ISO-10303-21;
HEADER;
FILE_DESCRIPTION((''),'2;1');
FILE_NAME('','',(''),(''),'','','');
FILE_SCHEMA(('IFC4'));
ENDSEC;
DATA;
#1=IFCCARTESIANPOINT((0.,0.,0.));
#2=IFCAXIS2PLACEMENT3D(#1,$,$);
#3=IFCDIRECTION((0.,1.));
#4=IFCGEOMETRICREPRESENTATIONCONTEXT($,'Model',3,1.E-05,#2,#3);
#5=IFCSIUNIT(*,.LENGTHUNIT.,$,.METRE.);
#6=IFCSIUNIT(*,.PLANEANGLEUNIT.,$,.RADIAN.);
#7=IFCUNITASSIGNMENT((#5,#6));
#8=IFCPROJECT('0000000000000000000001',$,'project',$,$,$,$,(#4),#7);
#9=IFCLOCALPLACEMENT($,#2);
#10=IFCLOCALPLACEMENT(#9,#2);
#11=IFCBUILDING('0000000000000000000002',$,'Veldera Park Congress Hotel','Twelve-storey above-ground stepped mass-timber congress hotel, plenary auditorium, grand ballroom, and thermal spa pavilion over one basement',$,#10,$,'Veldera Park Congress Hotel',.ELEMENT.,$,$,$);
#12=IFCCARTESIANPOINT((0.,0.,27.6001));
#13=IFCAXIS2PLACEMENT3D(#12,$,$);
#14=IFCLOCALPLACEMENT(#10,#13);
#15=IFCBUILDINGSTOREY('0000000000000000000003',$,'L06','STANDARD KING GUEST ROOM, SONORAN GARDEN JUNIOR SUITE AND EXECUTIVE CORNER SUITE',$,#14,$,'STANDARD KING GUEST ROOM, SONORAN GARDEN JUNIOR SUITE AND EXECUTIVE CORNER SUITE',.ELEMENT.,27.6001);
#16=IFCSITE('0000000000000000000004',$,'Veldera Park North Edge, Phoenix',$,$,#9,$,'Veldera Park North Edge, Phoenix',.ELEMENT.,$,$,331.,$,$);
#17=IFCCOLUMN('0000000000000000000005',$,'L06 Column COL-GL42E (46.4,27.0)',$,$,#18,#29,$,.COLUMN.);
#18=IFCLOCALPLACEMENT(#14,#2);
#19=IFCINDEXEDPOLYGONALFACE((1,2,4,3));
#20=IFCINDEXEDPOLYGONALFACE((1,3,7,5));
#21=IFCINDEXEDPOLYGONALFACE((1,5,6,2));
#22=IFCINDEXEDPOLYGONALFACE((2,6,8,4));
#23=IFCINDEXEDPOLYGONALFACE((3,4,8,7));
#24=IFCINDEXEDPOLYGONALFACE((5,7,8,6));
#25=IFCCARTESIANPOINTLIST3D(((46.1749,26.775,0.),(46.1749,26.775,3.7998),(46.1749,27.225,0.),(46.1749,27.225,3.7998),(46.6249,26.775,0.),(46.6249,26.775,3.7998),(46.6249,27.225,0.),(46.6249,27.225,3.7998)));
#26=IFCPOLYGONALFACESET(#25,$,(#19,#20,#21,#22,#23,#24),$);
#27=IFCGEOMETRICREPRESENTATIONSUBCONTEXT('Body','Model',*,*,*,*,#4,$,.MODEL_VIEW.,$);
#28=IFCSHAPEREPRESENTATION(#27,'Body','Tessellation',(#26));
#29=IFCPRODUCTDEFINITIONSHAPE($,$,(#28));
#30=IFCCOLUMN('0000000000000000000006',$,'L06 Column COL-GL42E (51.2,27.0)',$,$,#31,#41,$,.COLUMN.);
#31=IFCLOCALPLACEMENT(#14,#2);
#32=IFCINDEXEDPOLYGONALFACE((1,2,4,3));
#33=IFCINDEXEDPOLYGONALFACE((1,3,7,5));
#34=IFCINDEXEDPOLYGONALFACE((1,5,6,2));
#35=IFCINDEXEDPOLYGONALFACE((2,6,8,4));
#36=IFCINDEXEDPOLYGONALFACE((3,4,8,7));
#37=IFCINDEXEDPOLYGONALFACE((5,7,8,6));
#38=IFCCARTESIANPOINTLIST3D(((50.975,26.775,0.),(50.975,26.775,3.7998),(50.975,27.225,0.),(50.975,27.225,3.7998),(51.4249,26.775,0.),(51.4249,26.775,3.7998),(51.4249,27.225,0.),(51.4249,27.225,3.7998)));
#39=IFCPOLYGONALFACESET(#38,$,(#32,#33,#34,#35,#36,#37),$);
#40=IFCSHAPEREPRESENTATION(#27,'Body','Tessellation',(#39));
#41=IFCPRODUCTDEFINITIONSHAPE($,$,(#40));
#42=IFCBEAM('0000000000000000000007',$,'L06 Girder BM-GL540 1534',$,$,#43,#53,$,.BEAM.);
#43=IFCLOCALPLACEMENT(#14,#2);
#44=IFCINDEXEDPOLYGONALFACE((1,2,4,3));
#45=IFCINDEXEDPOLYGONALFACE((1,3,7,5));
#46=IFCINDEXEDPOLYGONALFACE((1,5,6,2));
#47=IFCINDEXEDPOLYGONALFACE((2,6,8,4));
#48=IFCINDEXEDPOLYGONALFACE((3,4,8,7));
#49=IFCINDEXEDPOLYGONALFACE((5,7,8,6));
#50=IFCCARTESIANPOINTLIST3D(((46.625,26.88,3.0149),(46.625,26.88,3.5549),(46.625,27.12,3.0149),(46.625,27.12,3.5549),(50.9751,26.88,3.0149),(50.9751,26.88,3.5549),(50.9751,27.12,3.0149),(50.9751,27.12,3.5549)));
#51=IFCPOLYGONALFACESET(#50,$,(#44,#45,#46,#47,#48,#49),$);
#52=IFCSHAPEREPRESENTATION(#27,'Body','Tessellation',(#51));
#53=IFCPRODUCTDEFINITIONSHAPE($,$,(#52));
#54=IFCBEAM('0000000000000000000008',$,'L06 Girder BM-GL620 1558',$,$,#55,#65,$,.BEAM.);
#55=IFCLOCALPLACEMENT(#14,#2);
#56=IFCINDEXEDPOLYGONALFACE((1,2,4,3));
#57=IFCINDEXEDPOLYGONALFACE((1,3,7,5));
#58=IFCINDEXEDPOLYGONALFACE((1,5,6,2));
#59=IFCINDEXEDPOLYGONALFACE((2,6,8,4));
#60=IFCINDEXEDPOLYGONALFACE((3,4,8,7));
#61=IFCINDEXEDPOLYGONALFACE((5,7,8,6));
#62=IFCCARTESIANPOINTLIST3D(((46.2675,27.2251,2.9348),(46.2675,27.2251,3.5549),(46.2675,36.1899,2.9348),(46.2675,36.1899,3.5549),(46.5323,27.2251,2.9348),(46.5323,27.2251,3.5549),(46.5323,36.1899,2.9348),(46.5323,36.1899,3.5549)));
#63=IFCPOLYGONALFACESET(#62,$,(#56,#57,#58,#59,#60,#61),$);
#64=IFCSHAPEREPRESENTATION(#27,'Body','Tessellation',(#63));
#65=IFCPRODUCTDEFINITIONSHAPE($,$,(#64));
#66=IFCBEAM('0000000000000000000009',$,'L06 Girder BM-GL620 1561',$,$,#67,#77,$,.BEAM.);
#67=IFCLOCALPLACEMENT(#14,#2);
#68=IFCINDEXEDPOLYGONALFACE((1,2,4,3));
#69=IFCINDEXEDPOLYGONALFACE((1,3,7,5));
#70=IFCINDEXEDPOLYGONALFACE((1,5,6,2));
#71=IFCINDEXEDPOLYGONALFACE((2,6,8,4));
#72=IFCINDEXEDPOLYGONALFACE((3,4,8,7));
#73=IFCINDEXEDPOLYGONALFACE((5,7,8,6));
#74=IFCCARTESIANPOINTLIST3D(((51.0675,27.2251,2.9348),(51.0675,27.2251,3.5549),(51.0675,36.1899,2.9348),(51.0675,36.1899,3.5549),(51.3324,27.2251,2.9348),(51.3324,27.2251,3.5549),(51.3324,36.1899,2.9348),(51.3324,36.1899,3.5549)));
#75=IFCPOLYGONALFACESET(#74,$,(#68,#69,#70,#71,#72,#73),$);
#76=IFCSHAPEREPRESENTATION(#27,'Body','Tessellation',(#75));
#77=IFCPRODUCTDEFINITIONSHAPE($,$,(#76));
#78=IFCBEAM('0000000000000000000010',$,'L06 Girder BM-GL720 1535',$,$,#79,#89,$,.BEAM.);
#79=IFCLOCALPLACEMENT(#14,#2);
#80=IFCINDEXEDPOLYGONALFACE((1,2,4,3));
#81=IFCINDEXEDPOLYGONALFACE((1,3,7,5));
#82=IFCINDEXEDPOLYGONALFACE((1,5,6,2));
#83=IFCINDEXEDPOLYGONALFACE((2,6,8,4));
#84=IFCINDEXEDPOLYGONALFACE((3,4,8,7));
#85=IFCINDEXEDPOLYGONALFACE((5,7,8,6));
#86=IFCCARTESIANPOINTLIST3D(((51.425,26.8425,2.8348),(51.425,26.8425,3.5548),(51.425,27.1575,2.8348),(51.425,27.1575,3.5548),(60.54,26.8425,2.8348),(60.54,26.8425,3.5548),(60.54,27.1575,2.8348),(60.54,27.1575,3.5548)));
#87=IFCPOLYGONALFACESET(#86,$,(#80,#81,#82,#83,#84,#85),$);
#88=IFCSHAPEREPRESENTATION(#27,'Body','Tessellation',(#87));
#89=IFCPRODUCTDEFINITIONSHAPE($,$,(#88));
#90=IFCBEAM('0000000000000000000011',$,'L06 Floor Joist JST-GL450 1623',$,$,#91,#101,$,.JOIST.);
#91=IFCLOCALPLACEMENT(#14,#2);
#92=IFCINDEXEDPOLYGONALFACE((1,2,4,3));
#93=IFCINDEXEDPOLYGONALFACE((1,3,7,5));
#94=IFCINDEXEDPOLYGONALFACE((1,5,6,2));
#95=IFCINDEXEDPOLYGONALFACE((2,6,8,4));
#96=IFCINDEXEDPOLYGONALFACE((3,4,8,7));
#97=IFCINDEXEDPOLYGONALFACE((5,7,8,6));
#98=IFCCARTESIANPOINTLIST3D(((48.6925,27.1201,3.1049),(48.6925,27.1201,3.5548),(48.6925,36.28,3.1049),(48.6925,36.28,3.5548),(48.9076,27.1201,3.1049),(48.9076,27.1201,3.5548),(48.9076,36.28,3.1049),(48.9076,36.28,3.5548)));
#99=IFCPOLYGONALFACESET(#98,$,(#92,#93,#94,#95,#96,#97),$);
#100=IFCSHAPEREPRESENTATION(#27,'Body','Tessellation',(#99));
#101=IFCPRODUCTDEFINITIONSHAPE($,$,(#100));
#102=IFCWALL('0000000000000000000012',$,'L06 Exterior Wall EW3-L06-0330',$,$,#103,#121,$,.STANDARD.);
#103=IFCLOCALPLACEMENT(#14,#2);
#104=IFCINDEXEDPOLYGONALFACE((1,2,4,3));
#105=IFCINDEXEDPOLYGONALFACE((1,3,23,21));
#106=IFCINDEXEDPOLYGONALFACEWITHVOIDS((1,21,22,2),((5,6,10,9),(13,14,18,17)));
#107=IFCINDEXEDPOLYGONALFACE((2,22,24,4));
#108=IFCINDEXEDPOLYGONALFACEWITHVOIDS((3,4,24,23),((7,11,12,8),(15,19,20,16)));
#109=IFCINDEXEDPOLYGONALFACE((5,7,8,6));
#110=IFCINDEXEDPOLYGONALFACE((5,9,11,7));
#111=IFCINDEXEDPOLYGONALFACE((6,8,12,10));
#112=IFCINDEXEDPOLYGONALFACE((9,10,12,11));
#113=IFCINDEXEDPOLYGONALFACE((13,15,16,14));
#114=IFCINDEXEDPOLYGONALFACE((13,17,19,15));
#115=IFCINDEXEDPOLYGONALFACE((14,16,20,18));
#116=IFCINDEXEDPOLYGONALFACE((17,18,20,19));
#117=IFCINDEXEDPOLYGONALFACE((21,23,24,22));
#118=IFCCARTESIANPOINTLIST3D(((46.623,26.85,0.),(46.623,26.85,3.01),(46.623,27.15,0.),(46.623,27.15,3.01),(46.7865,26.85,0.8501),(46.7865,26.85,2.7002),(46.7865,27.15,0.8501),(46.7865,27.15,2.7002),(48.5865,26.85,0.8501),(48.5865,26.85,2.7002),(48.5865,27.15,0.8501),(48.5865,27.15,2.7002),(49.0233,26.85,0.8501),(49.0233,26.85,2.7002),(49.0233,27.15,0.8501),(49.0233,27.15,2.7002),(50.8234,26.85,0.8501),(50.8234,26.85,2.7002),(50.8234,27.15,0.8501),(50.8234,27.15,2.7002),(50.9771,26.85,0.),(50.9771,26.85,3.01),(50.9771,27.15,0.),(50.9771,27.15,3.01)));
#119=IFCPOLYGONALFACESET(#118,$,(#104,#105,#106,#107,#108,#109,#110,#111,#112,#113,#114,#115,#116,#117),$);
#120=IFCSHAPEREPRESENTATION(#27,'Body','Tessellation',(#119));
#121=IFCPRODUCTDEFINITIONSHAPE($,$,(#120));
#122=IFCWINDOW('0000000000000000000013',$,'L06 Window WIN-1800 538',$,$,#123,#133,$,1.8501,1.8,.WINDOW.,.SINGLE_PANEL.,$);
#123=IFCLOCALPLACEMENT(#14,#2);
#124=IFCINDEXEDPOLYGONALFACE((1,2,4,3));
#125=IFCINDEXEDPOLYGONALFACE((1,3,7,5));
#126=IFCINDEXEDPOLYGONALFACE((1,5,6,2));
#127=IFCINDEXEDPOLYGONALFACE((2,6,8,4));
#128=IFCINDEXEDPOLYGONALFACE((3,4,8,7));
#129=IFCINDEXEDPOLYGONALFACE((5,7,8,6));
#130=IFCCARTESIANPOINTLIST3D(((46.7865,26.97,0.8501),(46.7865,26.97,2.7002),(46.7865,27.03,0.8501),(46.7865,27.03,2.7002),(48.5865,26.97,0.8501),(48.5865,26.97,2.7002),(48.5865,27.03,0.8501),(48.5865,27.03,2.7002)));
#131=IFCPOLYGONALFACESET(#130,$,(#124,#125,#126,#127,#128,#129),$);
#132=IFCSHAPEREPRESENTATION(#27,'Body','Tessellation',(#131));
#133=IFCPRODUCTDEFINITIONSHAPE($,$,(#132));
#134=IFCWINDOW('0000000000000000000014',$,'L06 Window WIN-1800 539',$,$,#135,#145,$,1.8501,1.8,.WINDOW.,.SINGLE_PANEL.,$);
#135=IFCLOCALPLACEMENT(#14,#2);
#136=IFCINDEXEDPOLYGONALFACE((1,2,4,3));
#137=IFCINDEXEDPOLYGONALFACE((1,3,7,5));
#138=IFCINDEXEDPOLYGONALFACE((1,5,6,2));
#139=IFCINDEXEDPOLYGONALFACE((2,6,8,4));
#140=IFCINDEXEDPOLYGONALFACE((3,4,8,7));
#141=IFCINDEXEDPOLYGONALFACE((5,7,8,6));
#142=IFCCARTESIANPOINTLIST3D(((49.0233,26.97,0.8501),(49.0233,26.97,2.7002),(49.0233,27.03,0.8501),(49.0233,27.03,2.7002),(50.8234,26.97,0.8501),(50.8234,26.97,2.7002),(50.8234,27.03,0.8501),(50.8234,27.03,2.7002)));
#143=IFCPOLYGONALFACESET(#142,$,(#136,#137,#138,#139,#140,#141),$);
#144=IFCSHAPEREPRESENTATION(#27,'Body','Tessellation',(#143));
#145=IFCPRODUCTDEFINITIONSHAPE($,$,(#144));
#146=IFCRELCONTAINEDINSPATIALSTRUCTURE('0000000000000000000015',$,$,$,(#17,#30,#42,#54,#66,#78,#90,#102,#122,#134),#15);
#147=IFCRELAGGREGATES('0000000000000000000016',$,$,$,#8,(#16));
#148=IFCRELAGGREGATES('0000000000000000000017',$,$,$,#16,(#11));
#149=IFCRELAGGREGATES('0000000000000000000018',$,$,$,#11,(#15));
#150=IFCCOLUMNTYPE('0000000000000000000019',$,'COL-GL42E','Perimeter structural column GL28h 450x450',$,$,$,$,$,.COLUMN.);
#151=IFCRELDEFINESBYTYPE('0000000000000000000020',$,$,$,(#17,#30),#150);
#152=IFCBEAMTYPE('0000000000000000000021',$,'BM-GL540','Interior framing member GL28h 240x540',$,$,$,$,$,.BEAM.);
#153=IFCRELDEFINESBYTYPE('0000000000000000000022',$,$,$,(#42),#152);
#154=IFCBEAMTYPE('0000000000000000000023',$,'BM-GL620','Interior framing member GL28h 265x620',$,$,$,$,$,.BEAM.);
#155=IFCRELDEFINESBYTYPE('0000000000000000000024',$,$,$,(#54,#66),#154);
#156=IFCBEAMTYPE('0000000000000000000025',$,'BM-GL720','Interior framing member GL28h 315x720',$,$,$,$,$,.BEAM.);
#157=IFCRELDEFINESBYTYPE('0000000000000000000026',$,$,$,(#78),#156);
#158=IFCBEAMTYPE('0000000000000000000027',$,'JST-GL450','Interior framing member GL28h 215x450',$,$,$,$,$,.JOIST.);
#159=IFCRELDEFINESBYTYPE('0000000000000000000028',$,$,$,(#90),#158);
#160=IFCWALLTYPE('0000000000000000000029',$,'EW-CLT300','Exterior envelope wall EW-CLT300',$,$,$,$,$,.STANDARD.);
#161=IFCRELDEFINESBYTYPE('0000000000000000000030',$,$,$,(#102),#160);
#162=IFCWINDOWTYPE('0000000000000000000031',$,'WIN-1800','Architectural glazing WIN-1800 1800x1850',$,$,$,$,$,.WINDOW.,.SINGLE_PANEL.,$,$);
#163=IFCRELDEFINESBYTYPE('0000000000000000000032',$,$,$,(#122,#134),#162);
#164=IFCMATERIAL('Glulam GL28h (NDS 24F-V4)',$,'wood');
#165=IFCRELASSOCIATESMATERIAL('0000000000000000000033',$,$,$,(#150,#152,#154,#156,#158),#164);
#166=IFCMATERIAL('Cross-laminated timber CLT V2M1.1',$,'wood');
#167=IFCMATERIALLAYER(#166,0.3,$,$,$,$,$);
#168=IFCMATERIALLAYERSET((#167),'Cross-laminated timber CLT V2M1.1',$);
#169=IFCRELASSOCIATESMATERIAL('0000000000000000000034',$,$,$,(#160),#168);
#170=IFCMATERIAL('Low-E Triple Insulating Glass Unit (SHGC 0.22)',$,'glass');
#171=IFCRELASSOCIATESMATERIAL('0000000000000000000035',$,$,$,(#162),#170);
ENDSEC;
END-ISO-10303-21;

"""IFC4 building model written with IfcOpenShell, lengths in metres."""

from ifc_helpers import new_model, si_unit, direction, frame, frame_2d, origin, origin_2d, place, context, subcontext, project, spatial, rectangle, extrude, material, layer, layer_set, material_profile, profile_set, type_object, element, fill, save


model = new_model("IFC4")

# Units and contexts
model_context = context("Model", 3, precision=1e-05, world=origin(), true_north=direction((0.0, 1.0)))
body_context = subcontext(model_context, "Body", "Model", "MODEL_VIEW")
ifc_project = project(units=[si_unit("LENGTHUNIT", "METRE"), si_unit("PLANEANGLEUNIT", "RADIAN")], contexts=[model_context])

# Site, building, storey
site_placement = place(None, origin())
site = spatial("IfcSite", under=ifc_project, at=site_placement, Name="Veldera Park North Edge, Phoenix", LongName="Veldera Park North Edge, Phoenix", CompositionType="ELEMENT", RefElevation=331.0)
building_placement = place(site_placement, origin())
building = spatial("IfcBuilding", under=site, at=building_placement, Name="Veldera Park Congress Hotel", Description="Twelve-storey above-ground stepped mass-timber congress hotel, plenary auditorium, grand ballroom, and thermal spa pavilion over one basement", LongName="Veldera Park Congress Hotel", CompositionType="ELEMENT")
storey_placement = place(building_placement, frame((0.0, 0.0, 27.6001)))
storey = spatial("IfcBuildingStorey", under=building, at=storey_placement, Name="L06", Description="STANDARD KING GUEST ROOM, SONORAN GARDEN JUNIOR SUITE AND EXECUTIVE CORNER SUITE", LongName="STANDARD KING GUEST ROOM, SONORAN GARDEN JUNIOR SUITE AND EXECUTIVE CORNER SUITE", CompositionType="ELEMENT", Elevation=27.6001)

# Columns
ifc_material_1 = material(Name="Glulam GL28h (NDS 24F-V4)", Category="wood")
ifc_material_profile_1 = material_profile(ifc_material_1, rectangle(XDim=0.45, YDim=0.45, at=origin_2d()), Name="GL28h 450x450")
ifc_profile_set_1 = profile_set([ifc_material_profile_1], Name="Glulam GL28h (NDS 24F-V4)")
column_type = type_object("IfcColumnType", Name="COL-GL42E", Description="Perimeter structural column GL28h 450x450", PredefinedType="COLUMN", material=ifc_profile_set_1)
for number, where, z_axis, x_axis, name in (
    (1, (46.3999, 27.0, 0.0), (0.0, 0.0, 1.0), (1.0, 0.0, 0.0), "L06 Column COL-GL42E (46.4,27.0)"),
    (2, (51.2, 27.0, 0.0), (0.0, 0.0, 1.0), (1.0, 0.0, 0.0), "L06 Column COL-GL42E (51.2,27.0)"),
):
    element("IfcColumn", number, at=place(storey_placement, frame(where, z_axis=z_axis, x_axis=x_axis)), inside=storey, type_object=column_type, Name=name, PredefinedType="COLUMN", context=body_context, shape_type="SweptSolid", body=[
        extrude(rectangle(XDim=0.45, YDim=0.45, at=origin_2d()), origin(), (0.0, 0.0, 1.0), 3.7998),
    ])

# Beams
ifc_material_profile_2 = material_profile(ifc_material_1, rectangle(XDim=0.24, YDim=0.54, at=origin_2d()), Name="GL28h 240x540")
ifc_profile_set_2 = profile_set([ifc_material_profile_2], Name="Glulam GL28h (NDS 24F-V4)")
beam_type_1 = type_object("IfcBeamType", Name="BM-GL540", Description="Interior framing member GL28h 240x540", PredefinedType="BEAM", material=ifc_profile_set_2)
beam_1_placement = place(storey_placement, frame((46.625, 27.0, 3.2849), z_axis=(1.0, 0.0, 0.0), x_axis=(0.0, 1.0, 0.0)))
element("IfcBeam", 3, at=beam_1_placement, inside=storey, type_object=beam_type_1, Name="L06 Girder BM-GL540 1534", PredefinedType="BEAM", context=body_context, shape_type="SweptSolid", body=[
    extrude(rectangle(XDim=0.24, YDim=0.54, at=origin_2d()), origin(), (0.0, 0.0, 1.0), 4.3501),
])
ifc_material_profile_3 = material_profile(ifc_material_1, rectangle(XDim=0.2649, YDim=0.6201, at=origin_2d()), Name="GL28h 265x620")
ifc_profile_set_3 = profile_set([ifc_material_profile_3], Name="Glulam GL28h (NDS 24F-V4)")
beam_type_2 = type_object("IfcBeamType", Name="BM-GL620", Description="Interior framing member GL28h 265x620", PredefinedType="BEAM", material=ifc_profile_set_3)
for number, where, z_axis, x_axis, name in (
    (4, (46.3999, 27.2251, 3.2449), (0.0, 1.0, 0.0), (-1.0, 0.0, 0.0), "L06 Girder BM-GL620 1558"),
    (5, (51.2, 27.2251, 3.2449), (0.0, 1.0, 0.0), (-1.0, 0.0, 0.0), "L06 Girder BM-GL620 1561"),
):
    element("IfcBeam", number, at=place(storey_placement, frame(where, z_axis=z_axis, x_axis=x_axis)), inside=storey, type_object=beam_type_2, Name=name, PredefinedType="BEAM", context=body_context, shape_type="SweptSolid", body=[
        extrude(rectangle(XDim=0.2649, YDim=0.6201, at=origin_2d()), origin(), (0.0, 0.0, 1.0), 8.9648),
    ])
ifc_material_profile_4 = material_profile(ifc_material_1, rectangle(XDim=0.3149, YDim=0.72, at=origin_2d()), Name="GL28h 315x720")
ifc_profile_set_4 = profile_set([ifc_material_profile_4], Name="Glulam GL28h (NDS 24F-V4)")
beam_type_3 = type_object("IfcBeamType", Name="BM-GL720", Description="Interior framing member GL28h 315x720", PredefinedType="BEAM", material=ifc_profile_set_4)
beam_2_placement = place(storey_placement, frame((51.425, 27.0, 3.1948), z_axis=(1.0, 0.0, 0.0), x_axis=(0.0, 1.0, 0.0)))
element("IfcBeam", 6, at=beam_2_placement, inside=storey, type_object=beam_type_3, Name="L06 Girder BM-GL720 1535", PredefinedType="BEAM", context=body_context, shape_type="SweptSolid", body=[
    extrude(rectangle(XDim=0.3149, YDim=0.72, at=origin_2d()), origin(), (0.0, 0.0, 1.0), 9.115),
])
ifc_material_profile_5 = material_profile(ifc_material_1, rectangle(XDim=0.2151, YDim=0.45, at=origin_2d()), Name="GL28h 215x450")
ifc_profile_set_5 = profile_set([ifc_material_profile_5], Name="Glulam GL28h (NDS 24F-V4)")
beam_type_4 = type_object("IfcBeamType", Name="JST-GL450", Description="Interior framing member GL28h 215x450", PredefinedType="JOIST", material=ifc_profile_set_5)
beam_3_placement = place(storey_placement, frame((48.8, 27.1201, 3.3298), z_axis=(0.0, 1.0, 0.0), x_axis=(-1.0, 0.0, 0.0)))
element("IfcBeam", 7, at=beam_3_placement, inside=storey, type_object=beam_type_4, Name="L06 Floor Joist JST-GL450 1623", PredefinedType="JOIST", context=body_context, shape_type="SweptSolid", body=[
    extrude(rectangle(XDim=0.2151, YDim=0.45, at=origin_2d()), origin(), (0.0, 0.0, 1.0), 9.1599),
])

# Wall, openings, windows
ifc_material_2 = material(Name="Cross-laminated timber CLT V2M1.1", Category="wood")
ifc_layer_1 = layer(ifc_material_2, 0.3)
ifc_layer_set_1 = layer_set([ifc_layer_1], Name="Cross-laminated timber CLT V2M1.1")
wall_type_1 = type_object("IfcWallType", Name="EW-CLT300", Description="Exterior envelope wall EW-CLT300", PredefinedType="STANDARD", material=ifc_layer_set_1)
wall_1_placement = place(storey_placement, frame((46.623, 27.0, 0.0), z_axis=(0.0, 0.0, 1.0), x_axis=(1.0, 0.0, 0.0)))
wall_1 = element("IfcWall", 8, at=wall_1_placement, inside=storey, type_object=wall_type_1, Name="L06 Exterior Wall EW3-L06-0330", PredefinedType="STANDARD", context=body_context, shape_type="SweptSolid", body=[
    extrude(rectangle(XDim=4.354, YDim=0.3, at=frame_2d((2.177, 0.0))), origin(), (0.0, 0.0, 1.0), 3.01),
])
opening_1_placement = place(wall_1_placement, frame((0.1636, 0.0, 0.8501)))
opening_1 = element("IfcOpeningElement", 9, at=opening_1_placement, cuts=wall_1, PredefinedType="OPENING", context=body_context, shape_type="SweptSolid", body=[
    extrude(rectangle(XDim=1.8, YDim=1.8501, at=frame_2d((0.8999, 0.925))), frame((0.0, 0.1621, 0.0), z_axis=(0.0, -1.0, 0.0), x_axis=(1.0, 0.0, 0.0)), (0.0, 0.0, 1.0), 0.324),
])
opening_2_placement = place(wall_1_placement, frame((2.4004, 0.0, 0.8501)))
opening_2 = element("IfcOpeningElement", 10, at=opening_2_placement, cuts=wall_1, PredefinedType="OPENING", context=body_context, shape_type="SweptSolid", body=[
    extrude(rectangle(XDim=1.8, YDim=1.8501, at=frame_2d((0.8999, 0.925))), frame((0.0, 0.1621, 0.0), z_axis=(0.0, -1.0, 0.0), x_axis=(1.0, 0.0, 0.0)), (0.0, 0.0, 1.0), 0.324),
])
ifc_material_3 = material(Name="Low-E Triple Insulating Glass Unit (SHGC 0.22)", Category="glass")
window_type_1 = type_object("IfcWindowType", Name="WIN-1800", Description="Architectural glazing WIN-1800 1800x1850", PartitioningType="SINGLE_PANEL", PredefinedType="WINDOW", material=ifc_material_3)
window_1_placement = place(opening_1_placement, origin())
window_1 = element("IfcWindow", 11, at=window_1_placement, inside=storey, type_object=window_type_1, Name="L06 Window WIN-1800 538", OverallHeight=1.8501, OverallWidth=1.8, PartitioningType="SINGLE_PANEL", PredefinedType="WINDOW", context=body_context, shape_type="SweptSolid", body=[
    extrude(rectangle(XDim=1.8, YDim=1.8501, at=frame_2d((0.8999, 0.925))), frame((0.0, 0.03, 0.0), z_axis=(0.0, -1.0, 0.0), x_axis=(1.0, 0.0, 0.0)), (0.0, 0.0, 1.0), 0.0601),
])
fill(opening_1, window_1)
window_2_placement = place(opening_2_placement, origin())
window_2 = element("IfcWindow", 12, at=window_2_placement, inside=storey, type_object=window_type_1, Name="L06 Window WIN-1800 539", OverallHeight=1.8501, OverallWidth=1.8, PartitioningType="SINGLE_PANEL", PredefinedType="WINDOW", context=body_context, shape_type="SweptSolid", body=[
    extrude(rectangle(XDim=1.8, YDim=1.8501, at=frame_2d((0.8999, 0.925))), frame((0.0, 0.03, 0.0), z_axis=(0.0, -1.0, 0.0), x_axis=(1.0, 0.0, 0.0)), (0.0, 0.0, 1.0), 0.0601),
])
fill(opening_2, window_2)

save(model, "model.ifc")
